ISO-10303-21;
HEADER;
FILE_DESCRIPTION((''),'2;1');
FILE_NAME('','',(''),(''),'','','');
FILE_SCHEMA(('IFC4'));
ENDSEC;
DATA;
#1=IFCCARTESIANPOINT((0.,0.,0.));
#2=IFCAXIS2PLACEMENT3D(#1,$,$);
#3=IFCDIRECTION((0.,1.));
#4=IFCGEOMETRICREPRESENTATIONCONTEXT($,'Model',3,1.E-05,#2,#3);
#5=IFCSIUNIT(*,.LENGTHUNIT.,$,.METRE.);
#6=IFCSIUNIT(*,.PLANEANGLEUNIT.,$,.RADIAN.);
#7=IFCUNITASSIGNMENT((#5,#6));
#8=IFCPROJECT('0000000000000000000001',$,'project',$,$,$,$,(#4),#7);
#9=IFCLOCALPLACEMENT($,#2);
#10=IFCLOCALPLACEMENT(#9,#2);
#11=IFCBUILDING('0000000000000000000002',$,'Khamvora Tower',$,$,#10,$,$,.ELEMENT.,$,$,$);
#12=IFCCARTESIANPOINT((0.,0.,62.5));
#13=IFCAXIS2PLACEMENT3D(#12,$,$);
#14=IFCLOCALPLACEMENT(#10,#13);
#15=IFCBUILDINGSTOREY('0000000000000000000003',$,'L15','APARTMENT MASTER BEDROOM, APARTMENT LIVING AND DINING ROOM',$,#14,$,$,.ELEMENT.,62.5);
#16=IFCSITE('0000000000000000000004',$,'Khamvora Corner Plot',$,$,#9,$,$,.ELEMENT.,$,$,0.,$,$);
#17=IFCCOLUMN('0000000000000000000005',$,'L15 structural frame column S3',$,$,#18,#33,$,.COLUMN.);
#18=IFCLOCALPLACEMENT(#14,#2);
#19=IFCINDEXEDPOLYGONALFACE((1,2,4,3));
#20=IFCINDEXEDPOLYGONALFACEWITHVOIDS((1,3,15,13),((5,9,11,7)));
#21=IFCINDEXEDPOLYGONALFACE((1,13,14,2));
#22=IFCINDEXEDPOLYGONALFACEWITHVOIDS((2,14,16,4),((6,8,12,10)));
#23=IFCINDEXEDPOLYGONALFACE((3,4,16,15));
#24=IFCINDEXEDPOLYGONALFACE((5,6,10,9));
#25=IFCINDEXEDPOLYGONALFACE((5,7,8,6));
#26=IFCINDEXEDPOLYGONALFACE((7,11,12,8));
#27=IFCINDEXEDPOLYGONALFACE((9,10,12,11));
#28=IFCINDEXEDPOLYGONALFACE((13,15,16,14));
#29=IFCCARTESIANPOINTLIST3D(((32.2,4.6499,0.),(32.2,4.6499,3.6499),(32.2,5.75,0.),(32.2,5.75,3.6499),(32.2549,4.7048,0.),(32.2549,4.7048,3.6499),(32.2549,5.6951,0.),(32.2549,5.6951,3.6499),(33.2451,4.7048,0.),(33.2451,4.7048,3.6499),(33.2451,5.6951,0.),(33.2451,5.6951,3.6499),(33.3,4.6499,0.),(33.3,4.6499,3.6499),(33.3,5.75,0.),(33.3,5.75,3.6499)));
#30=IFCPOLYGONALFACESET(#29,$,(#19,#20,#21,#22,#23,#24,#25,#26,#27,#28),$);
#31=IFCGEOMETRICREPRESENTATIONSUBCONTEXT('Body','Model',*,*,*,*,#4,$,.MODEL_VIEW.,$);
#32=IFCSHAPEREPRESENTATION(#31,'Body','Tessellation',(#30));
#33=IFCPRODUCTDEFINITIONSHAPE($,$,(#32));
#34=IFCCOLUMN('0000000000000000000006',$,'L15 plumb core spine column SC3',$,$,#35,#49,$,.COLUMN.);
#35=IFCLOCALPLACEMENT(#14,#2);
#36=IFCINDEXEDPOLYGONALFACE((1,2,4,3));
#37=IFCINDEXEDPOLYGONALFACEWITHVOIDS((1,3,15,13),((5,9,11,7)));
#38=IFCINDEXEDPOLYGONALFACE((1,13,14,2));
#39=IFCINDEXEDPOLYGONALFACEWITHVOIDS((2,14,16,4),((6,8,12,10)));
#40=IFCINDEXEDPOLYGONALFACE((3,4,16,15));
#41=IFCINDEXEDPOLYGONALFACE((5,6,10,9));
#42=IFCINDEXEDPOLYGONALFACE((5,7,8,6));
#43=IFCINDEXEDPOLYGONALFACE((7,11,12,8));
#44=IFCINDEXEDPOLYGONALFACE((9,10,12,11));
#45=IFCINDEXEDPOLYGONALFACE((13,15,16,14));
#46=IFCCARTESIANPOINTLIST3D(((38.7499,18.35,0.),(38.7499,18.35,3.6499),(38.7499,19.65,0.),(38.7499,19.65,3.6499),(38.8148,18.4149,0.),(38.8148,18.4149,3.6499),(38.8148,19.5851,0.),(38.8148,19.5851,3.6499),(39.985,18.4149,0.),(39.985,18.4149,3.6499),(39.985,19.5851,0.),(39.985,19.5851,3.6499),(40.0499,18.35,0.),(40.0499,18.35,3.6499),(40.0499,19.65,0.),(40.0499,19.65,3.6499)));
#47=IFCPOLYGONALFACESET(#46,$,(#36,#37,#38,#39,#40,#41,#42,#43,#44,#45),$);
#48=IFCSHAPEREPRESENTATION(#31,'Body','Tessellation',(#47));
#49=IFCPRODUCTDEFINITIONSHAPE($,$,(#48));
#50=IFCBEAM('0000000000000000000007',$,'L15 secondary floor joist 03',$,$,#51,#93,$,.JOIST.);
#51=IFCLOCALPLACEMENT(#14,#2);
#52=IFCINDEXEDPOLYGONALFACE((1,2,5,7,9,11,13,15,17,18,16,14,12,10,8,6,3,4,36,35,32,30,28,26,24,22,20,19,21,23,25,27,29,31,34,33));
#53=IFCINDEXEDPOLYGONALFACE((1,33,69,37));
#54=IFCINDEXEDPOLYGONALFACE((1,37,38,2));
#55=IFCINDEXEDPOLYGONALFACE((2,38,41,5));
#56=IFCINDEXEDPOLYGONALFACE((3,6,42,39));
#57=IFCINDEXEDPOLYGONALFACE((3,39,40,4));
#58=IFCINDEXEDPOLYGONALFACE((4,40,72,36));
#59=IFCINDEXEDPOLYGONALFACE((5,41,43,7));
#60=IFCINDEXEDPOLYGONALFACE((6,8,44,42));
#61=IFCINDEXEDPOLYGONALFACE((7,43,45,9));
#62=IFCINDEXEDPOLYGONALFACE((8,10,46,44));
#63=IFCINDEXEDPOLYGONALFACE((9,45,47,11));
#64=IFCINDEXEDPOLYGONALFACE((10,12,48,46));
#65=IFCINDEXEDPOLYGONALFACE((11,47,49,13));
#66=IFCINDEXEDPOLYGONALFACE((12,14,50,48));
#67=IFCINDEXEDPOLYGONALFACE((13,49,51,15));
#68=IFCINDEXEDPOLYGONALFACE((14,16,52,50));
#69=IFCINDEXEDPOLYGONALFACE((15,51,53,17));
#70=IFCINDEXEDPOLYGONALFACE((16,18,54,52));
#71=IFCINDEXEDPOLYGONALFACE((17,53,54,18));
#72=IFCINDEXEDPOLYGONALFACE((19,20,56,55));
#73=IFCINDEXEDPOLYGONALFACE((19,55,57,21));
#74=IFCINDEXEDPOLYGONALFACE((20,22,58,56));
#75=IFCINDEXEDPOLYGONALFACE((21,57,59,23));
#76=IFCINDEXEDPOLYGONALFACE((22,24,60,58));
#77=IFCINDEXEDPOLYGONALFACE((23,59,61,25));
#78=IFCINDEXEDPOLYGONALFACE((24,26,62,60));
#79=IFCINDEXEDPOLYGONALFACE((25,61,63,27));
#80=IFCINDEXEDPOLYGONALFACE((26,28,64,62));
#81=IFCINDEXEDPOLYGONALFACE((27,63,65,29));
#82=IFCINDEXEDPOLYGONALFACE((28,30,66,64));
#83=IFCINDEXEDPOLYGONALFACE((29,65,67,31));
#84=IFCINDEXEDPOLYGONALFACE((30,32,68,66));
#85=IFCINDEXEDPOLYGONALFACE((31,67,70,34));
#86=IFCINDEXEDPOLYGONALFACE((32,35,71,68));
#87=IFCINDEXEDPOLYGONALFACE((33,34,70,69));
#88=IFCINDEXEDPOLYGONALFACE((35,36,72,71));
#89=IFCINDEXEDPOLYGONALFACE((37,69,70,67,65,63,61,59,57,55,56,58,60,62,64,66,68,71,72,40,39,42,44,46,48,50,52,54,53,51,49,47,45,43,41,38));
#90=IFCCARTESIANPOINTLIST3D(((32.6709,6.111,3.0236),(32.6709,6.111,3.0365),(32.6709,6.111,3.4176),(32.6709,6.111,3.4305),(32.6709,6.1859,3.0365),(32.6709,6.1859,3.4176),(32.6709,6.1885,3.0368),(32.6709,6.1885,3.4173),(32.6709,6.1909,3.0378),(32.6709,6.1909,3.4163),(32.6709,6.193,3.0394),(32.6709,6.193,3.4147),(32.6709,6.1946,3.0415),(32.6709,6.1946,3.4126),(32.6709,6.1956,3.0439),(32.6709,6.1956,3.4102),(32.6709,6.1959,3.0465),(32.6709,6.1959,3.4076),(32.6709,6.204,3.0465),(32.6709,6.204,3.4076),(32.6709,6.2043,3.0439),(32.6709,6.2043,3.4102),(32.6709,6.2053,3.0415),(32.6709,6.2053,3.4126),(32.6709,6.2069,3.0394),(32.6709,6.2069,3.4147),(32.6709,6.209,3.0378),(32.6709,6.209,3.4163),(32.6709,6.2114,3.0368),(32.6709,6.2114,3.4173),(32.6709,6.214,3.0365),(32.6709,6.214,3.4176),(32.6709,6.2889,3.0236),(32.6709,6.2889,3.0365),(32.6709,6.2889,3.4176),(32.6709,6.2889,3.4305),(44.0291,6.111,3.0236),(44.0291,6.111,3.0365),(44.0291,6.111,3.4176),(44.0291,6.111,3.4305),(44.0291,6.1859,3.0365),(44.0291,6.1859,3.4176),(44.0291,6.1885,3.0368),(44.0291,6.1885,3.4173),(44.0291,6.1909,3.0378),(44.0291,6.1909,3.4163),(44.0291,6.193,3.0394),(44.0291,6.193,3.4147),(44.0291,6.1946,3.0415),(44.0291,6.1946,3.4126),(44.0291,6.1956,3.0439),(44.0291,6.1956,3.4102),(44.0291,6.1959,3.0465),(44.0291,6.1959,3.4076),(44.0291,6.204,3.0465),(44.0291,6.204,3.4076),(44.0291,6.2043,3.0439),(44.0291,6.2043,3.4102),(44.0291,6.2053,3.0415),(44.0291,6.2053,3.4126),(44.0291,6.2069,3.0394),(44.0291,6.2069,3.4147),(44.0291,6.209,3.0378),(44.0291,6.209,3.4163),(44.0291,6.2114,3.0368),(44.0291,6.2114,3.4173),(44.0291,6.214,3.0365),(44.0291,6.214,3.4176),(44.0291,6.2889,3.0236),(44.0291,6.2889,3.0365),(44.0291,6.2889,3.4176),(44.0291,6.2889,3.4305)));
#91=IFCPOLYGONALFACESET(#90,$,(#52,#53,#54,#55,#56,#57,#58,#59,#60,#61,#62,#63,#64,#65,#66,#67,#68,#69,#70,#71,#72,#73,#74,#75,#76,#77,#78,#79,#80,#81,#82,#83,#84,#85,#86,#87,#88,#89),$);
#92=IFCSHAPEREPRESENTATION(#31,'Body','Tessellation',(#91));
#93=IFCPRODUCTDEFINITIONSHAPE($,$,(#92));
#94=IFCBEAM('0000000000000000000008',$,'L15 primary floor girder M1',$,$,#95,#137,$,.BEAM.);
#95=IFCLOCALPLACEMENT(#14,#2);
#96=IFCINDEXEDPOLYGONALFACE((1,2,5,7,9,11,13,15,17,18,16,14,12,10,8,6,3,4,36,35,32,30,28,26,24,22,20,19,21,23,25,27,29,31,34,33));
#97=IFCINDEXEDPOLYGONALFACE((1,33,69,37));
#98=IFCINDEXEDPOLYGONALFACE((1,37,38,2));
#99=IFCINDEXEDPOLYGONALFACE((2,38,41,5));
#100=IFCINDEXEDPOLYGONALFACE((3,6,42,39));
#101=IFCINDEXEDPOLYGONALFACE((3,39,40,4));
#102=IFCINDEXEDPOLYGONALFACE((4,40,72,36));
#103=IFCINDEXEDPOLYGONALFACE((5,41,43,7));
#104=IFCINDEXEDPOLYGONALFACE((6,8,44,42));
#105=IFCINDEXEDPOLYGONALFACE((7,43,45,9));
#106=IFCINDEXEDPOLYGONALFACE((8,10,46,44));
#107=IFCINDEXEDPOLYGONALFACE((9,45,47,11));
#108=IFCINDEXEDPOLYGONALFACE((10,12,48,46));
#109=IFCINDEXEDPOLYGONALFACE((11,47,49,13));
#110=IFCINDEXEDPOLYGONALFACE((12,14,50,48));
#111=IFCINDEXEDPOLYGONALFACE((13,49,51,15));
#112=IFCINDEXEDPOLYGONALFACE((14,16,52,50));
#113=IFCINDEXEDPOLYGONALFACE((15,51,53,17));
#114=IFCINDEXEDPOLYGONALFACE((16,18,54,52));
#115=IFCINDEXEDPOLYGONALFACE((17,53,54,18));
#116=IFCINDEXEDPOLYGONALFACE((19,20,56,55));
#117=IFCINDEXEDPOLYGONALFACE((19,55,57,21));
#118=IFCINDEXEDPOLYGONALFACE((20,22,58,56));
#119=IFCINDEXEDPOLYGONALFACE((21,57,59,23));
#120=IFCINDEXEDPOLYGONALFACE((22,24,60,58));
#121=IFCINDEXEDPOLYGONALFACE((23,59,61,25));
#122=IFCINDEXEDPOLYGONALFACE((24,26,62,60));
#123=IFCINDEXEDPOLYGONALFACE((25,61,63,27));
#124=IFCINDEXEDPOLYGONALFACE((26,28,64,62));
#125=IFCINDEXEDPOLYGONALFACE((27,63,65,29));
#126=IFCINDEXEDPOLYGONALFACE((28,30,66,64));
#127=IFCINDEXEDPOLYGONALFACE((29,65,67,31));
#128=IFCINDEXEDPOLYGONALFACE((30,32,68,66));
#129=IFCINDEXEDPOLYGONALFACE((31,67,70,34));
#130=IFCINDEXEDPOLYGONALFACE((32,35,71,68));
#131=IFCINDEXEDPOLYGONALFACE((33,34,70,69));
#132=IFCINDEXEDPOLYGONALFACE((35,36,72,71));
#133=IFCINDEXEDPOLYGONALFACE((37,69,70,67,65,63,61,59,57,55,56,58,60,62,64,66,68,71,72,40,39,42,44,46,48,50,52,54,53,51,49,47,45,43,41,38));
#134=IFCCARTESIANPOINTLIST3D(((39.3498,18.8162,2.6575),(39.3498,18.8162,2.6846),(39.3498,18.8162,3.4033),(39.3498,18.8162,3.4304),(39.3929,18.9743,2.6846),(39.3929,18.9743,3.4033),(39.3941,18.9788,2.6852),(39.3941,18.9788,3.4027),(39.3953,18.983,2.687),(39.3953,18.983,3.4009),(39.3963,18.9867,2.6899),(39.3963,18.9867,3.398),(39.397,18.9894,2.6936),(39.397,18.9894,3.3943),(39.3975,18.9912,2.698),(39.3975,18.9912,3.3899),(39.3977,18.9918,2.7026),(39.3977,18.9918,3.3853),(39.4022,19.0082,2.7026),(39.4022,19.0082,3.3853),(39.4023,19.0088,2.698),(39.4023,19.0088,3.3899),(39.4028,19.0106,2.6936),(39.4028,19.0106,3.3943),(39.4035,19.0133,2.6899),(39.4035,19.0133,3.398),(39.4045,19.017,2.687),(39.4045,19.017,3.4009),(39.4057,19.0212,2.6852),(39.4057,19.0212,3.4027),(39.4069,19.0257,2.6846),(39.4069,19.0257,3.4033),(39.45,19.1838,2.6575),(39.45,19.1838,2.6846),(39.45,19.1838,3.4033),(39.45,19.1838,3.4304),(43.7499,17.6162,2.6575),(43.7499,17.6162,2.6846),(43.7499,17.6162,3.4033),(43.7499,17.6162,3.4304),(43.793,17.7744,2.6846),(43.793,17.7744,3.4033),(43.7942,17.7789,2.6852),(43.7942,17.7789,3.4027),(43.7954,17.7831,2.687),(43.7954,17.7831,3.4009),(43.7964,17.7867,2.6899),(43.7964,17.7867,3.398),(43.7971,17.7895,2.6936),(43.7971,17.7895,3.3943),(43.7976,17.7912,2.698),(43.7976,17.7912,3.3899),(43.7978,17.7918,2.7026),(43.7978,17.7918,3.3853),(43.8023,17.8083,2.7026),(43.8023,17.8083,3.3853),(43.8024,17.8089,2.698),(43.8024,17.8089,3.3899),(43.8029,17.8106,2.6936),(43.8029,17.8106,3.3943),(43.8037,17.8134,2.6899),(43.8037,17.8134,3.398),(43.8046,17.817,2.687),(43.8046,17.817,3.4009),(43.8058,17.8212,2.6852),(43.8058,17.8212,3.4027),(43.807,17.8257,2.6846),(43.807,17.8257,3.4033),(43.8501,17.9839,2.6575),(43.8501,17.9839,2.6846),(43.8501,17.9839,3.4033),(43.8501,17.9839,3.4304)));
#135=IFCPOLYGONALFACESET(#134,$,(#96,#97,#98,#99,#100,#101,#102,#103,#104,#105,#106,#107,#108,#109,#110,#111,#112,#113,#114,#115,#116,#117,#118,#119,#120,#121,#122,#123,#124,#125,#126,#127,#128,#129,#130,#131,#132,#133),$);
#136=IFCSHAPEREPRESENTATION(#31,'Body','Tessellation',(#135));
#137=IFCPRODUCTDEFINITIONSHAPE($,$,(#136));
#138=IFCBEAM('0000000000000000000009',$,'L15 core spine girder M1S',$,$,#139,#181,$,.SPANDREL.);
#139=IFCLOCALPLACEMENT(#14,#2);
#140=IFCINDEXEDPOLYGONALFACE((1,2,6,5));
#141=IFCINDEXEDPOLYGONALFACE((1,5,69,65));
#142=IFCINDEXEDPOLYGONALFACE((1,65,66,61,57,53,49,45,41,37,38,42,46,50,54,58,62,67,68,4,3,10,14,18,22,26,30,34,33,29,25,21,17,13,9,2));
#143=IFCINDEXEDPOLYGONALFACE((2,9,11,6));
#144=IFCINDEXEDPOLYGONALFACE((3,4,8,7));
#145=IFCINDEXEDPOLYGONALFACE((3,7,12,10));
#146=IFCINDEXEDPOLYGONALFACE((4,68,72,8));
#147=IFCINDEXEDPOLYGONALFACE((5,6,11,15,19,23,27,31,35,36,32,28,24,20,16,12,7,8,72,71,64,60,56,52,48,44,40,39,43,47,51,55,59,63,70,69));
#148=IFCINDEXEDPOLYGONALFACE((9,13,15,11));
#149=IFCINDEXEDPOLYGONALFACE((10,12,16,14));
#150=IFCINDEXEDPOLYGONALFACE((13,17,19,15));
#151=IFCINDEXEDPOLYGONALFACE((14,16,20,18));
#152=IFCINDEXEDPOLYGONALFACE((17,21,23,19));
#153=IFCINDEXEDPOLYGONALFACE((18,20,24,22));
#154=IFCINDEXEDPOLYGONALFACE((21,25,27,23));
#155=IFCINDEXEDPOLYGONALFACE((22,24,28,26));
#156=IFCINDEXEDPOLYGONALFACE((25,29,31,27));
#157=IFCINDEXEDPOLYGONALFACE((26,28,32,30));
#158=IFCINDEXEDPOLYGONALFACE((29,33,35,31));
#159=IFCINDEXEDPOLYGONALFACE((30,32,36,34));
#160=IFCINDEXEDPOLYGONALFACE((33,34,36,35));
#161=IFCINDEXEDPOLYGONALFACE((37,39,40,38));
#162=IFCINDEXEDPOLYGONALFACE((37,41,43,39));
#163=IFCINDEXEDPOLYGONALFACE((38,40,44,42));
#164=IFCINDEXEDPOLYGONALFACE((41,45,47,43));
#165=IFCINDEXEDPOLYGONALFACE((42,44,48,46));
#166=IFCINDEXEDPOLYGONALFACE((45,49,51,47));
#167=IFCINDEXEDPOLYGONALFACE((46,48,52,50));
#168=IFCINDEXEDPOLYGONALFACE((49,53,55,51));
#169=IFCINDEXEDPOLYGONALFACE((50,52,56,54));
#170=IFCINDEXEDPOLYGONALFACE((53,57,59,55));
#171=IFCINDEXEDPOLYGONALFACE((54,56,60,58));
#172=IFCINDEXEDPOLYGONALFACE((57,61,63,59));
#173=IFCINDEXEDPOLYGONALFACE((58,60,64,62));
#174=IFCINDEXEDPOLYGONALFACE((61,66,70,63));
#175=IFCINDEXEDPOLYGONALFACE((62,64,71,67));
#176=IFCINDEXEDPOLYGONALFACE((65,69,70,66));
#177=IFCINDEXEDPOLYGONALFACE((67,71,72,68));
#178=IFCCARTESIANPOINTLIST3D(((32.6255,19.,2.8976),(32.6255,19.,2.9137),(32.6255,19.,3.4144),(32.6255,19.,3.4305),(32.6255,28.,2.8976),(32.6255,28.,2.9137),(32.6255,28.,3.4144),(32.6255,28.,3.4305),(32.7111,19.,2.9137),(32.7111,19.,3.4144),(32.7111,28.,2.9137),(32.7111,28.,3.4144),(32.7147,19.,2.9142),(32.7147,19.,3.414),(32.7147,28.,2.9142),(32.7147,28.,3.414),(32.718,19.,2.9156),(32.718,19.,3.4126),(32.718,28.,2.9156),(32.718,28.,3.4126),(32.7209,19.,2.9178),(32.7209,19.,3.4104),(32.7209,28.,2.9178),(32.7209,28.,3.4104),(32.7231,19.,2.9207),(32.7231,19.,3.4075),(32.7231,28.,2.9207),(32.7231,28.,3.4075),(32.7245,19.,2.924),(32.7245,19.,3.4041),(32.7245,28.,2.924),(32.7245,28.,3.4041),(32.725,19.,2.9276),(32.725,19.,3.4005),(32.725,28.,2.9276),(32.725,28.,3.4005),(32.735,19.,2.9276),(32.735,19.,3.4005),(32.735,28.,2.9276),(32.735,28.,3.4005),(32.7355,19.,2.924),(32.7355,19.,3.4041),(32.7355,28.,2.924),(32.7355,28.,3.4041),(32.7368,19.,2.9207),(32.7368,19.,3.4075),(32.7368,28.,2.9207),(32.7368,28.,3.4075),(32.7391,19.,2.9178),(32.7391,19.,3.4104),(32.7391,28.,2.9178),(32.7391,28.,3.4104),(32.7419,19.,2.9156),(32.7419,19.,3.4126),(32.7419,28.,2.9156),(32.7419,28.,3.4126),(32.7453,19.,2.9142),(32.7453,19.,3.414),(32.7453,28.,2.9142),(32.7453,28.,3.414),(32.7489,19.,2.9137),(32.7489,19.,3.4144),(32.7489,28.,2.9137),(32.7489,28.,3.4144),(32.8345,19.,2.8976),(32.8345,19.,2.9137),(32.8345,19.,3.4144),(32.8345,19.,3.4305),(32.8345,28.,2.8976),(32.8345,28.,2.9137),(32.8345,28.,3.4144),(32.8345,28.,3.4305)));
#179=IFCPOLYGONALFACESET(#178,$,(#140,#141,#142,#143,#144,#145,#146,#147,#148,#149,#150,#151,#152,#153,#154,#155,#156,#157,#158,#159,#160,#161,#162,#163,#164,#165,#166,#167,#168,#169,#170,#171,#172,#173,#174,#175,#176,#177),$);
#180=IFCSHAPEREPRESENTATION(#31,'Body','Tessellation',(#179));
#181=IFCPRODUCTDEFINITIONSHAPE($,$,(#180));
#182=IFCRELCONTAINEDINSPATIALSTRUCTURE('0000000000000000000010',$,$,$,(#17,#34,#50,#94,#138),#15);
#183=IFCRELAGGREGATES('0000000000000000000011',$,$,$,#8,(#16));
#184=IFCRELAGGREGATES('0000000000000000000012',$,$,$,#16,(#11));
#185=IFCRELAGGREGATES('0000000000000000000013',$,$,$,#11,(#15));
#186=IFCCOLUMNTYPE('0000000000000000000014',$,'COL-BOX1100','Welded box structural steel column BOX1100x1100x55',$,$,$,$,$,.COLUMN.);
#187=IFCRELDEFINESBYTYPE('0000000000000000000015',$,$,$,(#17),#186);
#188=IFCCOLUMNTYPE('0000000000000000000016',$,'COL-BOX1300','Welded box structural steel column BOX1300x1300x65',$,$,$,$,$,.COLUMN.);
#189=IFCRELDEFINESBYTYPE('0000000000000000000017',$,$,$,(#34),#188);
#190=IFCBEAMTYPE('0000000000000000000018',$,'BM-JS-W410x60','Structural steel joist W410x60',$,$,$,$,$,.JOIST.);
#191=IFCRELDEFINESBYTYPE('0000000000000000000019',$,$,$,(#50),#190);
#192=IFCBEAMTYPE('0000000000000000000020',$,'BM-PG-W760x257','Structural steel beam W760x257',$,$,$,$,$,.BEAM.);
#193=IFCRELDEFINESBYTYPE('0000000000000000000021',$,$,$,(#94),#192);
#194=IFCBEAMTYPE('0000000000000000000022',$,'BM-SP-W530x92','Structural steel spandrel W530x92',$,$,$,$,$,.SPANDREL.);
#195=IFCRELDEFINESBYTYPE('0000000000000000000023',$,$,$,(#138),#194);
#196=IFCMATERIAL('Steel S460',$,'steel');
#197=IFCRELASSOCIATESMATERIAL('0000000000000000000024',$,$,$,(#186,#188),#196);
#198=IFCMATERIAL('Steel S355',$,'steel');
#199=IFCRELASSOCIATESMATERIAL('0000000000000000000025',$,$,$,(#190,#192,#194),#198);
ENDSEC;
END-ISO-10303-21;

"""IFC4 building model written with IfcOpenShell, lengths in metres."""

from ifc_helpers import new_model, si_unit, direction, frame, origin, origin_2d, place, context, subcontext, project, spatial, hollow_rectangle, i_section, extrude, material, material_profile, profile_set, type_object, element, save


model = new_model("IFC4")

# Units and contexts
model_context = context("Model", 3, precision=1e-05, world=origin(), true_north=direction((0.0, 1.0)))
body_context = subcontext(model_context, "Body", "Model", "MODEL_VIEW")
ifc_project = project(units=[si_unit("LENGTHUNIT", "METRE"), si_unit("PLANEANGLEUNIT", "RADIAN")], contexts=[model_context])

# Site, building, storey
site_placement = place(None, origin())
site = spatial("IfcSite", under=ifc_project, at=site_placement, Name="Khamvora Corner Plot", CompositionType="ELEMENT", RefElevation=0.0)
building_placement = place(site_placement, origin())
building = spatial("IfcBuilding", under=site, at=building_placement, Name="Khamvora Tower", CompositionType="ELEMENT")
storey_placement = place(building_placement, frame((0.0, 0.0, 62.5)))
storey = spatial("IfcBuildingStorey", under=building, at=storey_placement, Name="L15", Description="APARTMENT MASTER BEDROOM, APARTMENT LIVING AND DINING ROOM", CompositionType="ELEMENT", Elevation=62.5)

# Columns
ifc_material_1 = material(Name="Steel S460", Category="steel")
ifc_material_profile_1 = material_profile(ifc_material_1, hollow_rectangle(XDim=1.1001, YDim=1.1001, WallThickness=0.0549, at=origin_2d()), Name="BOX1100x1100x55")
ifc_profile_set_1 = profile_set([ifc_material_profile_1], Name="Steel S460")
column_type_1 = type_object("IfcColumnType", Name="COL-BOX1100", Description="Welded box structural steel column BOX1100x1100x55", PredefinedType="COLUMN", material=ifc_profile_set_1)
column_1_placement = place(storey_placement, frame((32.75, 5.2, 0.0), z_axis=(0.0, 0.0, 1.0), x_axis=(1.0, 0.0, 0.0)))
element("IfcColumn", 1, at=column_1_placement, inside=storey, type_object=column_type_1, Name="L15 structural frame column S3", PredefinedType="COLUMN", context=body_context, shape_type="SweptSolid", body=[
    extrude(hollow_rectangle(XDim=1.1001, YDim=1.1001, WallThickness=0.0549, at=origin_2d()), origin(), (0.0, 0.0, 1.0), 3.6499),
])
ifc_material_profile_2 = material_profile(ifc_material_1, hollow_rectangle(XDim=1.3, YDim=1.3, WallThickness=0.0649, at=origin_2d()), Name="BOX1300x1300x65")
ifc_profile_set_2 = profile_set([ifc_material_profile_2], Name="Steel S460")
column_type_2 = type_object("IfcColumnType", Name="COL-BOX1300", Description="Welded box structural steel column BOX1300x1300x65", PredefinedType="COLUMN", material=ifc_profile_set_2)
column_2_placement = place(storey_placement, frame((39.3999, 19.0, 0.0), z_axis=(0.0, 0.0, 1.0), x_axis=(1.0, 0.0, 0.0)))
element("IfcColumn", 2, at=column_2_placement, inside=storey, type_object=column_type_2, Name="L15 plumb core spine column SC3", PredefinedType="COLUMN", context=body_context, shape_type="SweptSolid", body=[
    extrude(hollow_rectangle(XDim=1.3, YDim=1.3, WallThickness=0.0649, at=origin_2d()), origin(), (0.0, 0.0, 1.0), 3.6499),
])

# Beams
ifc_material_2 = material(Name="Steel S355", Category="steel")
ifc_material_profile_3 = material_profile(ifc_material_2, i_section(OverallWidth=0.178, OverallDepth=0.407, WebThickness=0.0081, FlangeThickness=0.0129, FilletRadius=0.01, at=origin_2d()), Name="W410x60")
ifc_profile_set_3 = profile_set([ifc_material_profile_3], Name="Steel S355")
beam_type_1 = type_object("IfcBeamType", Name="BM-JS-W410x60", Description="Structural steel joist W410x60", PredefinedType="JOIST", material=ifc_profile_set_3)
beam_1_placement = place(storey_placement, frame((32.6709, 6.2, 3.2271), z_axis=(1.0, 0.0, 0.0), x_axis=(0.0, 1.0, 0.0)))
element("IfcBeam", 3, at=beam_1_placement, inside=storey, type_object=beam_type_1, Name="L15 secondary floor joist 03", PredefinedType="JOIST", context=body_context, shape_type="SweptSolid", body=[
    extrude(i_section(OverallWidth=0.178, OverallDepth=0.407, WebThickness=0.0081, FlangeThickness=0.0129, FilletRadius=0.01, at=origin_2d()), origin(), (0.0, 0.0, 1.0), 11.3582),
])
ifc_material_profile_4 = material_profile(ifc_material_2, i_section(OverallWidth=0.3811, OverallDepth=0.7729, WebThickness=0.0171, FlangeThickness=0.0271, FilletRadius=0.0181, at=origin_2d()), Name="W760x257")
ifc_profile_set_4 = profile_set([ifc_material_profile_4], Name="Steel S355")
beam_type_2 = type_object("IfcBeamType", Name="BM-PG-W760x257", Description="Structural steel beam W760x257", PredefinedType="BEAM", material=ifc_profile_set_4)
beam_2_placement = place(storey_placement, frame((39.3999, 19.0, 3.0439), z_axis=(0.964769, -0.263099, 0.0), x_axis=(0.263099, 0.964769, 0.0)))
element("IfcBeam", 4, at=beam_2_placement, inside=storey, type_object=beam_type_2, Name="L15 primary floor girder M1", PredefinedType="BEAM", context=body_context, shape_type="SweptSolid", body=[
    extrude(i_section(OverallWidth=0.3811, OverallDepth=0.7729, WebThickness=0.0171, FlangeThickness=0.0271, FilletRadius=0.0181, at=origin_2d()), origin(), (0.0, 0.0, 1.0), 4.5608),
])
ifc_material_profile_5 = material_profile(ifc_material_2, i_section(OverallWidth=0.209, OverallDepth=0.533, WebThickness=0.01, FlangeThickness=0.0161, FilletRadius=0.0139, at=origin_2d()), Name="W530x92")
ifc_profile_set_5 = profile_set([ifc_material_profile_5], Name="Steel S355")
beam_type_3 = type_object("IfcBeamType", Name="BM-SP-W530x92", Description="Structural steel spandrel W530x92", PredefinedType="SPANDREL", material=ifc_profile_set_5)
beam_3_placement = place(storey_placement, frame((32.73, 19.0, 3.1641), z_axis=(0.0, 1.0, 0.0), x_axis=(-1.0, 0.0, 0.0)))
element("IfcBeam", 5, at=beam_3_placement, inside=storey, type_object=beam_type_3, Name="L15 core spine girder M1S", PredefinedType="SPANDREL", context=body_context, shape_type="SweptSolid", body=[
    extrude(i_section(OverallWidth=0.209, OverallDepth=0.533, WebThickness=0.01, FlangeThickness=0.0161, FilletRadius=0.0139, at=origin_2d()), origin(), (0.0, 0.0, 1.0), 9.0),
])

save(model, "model.ifc")
